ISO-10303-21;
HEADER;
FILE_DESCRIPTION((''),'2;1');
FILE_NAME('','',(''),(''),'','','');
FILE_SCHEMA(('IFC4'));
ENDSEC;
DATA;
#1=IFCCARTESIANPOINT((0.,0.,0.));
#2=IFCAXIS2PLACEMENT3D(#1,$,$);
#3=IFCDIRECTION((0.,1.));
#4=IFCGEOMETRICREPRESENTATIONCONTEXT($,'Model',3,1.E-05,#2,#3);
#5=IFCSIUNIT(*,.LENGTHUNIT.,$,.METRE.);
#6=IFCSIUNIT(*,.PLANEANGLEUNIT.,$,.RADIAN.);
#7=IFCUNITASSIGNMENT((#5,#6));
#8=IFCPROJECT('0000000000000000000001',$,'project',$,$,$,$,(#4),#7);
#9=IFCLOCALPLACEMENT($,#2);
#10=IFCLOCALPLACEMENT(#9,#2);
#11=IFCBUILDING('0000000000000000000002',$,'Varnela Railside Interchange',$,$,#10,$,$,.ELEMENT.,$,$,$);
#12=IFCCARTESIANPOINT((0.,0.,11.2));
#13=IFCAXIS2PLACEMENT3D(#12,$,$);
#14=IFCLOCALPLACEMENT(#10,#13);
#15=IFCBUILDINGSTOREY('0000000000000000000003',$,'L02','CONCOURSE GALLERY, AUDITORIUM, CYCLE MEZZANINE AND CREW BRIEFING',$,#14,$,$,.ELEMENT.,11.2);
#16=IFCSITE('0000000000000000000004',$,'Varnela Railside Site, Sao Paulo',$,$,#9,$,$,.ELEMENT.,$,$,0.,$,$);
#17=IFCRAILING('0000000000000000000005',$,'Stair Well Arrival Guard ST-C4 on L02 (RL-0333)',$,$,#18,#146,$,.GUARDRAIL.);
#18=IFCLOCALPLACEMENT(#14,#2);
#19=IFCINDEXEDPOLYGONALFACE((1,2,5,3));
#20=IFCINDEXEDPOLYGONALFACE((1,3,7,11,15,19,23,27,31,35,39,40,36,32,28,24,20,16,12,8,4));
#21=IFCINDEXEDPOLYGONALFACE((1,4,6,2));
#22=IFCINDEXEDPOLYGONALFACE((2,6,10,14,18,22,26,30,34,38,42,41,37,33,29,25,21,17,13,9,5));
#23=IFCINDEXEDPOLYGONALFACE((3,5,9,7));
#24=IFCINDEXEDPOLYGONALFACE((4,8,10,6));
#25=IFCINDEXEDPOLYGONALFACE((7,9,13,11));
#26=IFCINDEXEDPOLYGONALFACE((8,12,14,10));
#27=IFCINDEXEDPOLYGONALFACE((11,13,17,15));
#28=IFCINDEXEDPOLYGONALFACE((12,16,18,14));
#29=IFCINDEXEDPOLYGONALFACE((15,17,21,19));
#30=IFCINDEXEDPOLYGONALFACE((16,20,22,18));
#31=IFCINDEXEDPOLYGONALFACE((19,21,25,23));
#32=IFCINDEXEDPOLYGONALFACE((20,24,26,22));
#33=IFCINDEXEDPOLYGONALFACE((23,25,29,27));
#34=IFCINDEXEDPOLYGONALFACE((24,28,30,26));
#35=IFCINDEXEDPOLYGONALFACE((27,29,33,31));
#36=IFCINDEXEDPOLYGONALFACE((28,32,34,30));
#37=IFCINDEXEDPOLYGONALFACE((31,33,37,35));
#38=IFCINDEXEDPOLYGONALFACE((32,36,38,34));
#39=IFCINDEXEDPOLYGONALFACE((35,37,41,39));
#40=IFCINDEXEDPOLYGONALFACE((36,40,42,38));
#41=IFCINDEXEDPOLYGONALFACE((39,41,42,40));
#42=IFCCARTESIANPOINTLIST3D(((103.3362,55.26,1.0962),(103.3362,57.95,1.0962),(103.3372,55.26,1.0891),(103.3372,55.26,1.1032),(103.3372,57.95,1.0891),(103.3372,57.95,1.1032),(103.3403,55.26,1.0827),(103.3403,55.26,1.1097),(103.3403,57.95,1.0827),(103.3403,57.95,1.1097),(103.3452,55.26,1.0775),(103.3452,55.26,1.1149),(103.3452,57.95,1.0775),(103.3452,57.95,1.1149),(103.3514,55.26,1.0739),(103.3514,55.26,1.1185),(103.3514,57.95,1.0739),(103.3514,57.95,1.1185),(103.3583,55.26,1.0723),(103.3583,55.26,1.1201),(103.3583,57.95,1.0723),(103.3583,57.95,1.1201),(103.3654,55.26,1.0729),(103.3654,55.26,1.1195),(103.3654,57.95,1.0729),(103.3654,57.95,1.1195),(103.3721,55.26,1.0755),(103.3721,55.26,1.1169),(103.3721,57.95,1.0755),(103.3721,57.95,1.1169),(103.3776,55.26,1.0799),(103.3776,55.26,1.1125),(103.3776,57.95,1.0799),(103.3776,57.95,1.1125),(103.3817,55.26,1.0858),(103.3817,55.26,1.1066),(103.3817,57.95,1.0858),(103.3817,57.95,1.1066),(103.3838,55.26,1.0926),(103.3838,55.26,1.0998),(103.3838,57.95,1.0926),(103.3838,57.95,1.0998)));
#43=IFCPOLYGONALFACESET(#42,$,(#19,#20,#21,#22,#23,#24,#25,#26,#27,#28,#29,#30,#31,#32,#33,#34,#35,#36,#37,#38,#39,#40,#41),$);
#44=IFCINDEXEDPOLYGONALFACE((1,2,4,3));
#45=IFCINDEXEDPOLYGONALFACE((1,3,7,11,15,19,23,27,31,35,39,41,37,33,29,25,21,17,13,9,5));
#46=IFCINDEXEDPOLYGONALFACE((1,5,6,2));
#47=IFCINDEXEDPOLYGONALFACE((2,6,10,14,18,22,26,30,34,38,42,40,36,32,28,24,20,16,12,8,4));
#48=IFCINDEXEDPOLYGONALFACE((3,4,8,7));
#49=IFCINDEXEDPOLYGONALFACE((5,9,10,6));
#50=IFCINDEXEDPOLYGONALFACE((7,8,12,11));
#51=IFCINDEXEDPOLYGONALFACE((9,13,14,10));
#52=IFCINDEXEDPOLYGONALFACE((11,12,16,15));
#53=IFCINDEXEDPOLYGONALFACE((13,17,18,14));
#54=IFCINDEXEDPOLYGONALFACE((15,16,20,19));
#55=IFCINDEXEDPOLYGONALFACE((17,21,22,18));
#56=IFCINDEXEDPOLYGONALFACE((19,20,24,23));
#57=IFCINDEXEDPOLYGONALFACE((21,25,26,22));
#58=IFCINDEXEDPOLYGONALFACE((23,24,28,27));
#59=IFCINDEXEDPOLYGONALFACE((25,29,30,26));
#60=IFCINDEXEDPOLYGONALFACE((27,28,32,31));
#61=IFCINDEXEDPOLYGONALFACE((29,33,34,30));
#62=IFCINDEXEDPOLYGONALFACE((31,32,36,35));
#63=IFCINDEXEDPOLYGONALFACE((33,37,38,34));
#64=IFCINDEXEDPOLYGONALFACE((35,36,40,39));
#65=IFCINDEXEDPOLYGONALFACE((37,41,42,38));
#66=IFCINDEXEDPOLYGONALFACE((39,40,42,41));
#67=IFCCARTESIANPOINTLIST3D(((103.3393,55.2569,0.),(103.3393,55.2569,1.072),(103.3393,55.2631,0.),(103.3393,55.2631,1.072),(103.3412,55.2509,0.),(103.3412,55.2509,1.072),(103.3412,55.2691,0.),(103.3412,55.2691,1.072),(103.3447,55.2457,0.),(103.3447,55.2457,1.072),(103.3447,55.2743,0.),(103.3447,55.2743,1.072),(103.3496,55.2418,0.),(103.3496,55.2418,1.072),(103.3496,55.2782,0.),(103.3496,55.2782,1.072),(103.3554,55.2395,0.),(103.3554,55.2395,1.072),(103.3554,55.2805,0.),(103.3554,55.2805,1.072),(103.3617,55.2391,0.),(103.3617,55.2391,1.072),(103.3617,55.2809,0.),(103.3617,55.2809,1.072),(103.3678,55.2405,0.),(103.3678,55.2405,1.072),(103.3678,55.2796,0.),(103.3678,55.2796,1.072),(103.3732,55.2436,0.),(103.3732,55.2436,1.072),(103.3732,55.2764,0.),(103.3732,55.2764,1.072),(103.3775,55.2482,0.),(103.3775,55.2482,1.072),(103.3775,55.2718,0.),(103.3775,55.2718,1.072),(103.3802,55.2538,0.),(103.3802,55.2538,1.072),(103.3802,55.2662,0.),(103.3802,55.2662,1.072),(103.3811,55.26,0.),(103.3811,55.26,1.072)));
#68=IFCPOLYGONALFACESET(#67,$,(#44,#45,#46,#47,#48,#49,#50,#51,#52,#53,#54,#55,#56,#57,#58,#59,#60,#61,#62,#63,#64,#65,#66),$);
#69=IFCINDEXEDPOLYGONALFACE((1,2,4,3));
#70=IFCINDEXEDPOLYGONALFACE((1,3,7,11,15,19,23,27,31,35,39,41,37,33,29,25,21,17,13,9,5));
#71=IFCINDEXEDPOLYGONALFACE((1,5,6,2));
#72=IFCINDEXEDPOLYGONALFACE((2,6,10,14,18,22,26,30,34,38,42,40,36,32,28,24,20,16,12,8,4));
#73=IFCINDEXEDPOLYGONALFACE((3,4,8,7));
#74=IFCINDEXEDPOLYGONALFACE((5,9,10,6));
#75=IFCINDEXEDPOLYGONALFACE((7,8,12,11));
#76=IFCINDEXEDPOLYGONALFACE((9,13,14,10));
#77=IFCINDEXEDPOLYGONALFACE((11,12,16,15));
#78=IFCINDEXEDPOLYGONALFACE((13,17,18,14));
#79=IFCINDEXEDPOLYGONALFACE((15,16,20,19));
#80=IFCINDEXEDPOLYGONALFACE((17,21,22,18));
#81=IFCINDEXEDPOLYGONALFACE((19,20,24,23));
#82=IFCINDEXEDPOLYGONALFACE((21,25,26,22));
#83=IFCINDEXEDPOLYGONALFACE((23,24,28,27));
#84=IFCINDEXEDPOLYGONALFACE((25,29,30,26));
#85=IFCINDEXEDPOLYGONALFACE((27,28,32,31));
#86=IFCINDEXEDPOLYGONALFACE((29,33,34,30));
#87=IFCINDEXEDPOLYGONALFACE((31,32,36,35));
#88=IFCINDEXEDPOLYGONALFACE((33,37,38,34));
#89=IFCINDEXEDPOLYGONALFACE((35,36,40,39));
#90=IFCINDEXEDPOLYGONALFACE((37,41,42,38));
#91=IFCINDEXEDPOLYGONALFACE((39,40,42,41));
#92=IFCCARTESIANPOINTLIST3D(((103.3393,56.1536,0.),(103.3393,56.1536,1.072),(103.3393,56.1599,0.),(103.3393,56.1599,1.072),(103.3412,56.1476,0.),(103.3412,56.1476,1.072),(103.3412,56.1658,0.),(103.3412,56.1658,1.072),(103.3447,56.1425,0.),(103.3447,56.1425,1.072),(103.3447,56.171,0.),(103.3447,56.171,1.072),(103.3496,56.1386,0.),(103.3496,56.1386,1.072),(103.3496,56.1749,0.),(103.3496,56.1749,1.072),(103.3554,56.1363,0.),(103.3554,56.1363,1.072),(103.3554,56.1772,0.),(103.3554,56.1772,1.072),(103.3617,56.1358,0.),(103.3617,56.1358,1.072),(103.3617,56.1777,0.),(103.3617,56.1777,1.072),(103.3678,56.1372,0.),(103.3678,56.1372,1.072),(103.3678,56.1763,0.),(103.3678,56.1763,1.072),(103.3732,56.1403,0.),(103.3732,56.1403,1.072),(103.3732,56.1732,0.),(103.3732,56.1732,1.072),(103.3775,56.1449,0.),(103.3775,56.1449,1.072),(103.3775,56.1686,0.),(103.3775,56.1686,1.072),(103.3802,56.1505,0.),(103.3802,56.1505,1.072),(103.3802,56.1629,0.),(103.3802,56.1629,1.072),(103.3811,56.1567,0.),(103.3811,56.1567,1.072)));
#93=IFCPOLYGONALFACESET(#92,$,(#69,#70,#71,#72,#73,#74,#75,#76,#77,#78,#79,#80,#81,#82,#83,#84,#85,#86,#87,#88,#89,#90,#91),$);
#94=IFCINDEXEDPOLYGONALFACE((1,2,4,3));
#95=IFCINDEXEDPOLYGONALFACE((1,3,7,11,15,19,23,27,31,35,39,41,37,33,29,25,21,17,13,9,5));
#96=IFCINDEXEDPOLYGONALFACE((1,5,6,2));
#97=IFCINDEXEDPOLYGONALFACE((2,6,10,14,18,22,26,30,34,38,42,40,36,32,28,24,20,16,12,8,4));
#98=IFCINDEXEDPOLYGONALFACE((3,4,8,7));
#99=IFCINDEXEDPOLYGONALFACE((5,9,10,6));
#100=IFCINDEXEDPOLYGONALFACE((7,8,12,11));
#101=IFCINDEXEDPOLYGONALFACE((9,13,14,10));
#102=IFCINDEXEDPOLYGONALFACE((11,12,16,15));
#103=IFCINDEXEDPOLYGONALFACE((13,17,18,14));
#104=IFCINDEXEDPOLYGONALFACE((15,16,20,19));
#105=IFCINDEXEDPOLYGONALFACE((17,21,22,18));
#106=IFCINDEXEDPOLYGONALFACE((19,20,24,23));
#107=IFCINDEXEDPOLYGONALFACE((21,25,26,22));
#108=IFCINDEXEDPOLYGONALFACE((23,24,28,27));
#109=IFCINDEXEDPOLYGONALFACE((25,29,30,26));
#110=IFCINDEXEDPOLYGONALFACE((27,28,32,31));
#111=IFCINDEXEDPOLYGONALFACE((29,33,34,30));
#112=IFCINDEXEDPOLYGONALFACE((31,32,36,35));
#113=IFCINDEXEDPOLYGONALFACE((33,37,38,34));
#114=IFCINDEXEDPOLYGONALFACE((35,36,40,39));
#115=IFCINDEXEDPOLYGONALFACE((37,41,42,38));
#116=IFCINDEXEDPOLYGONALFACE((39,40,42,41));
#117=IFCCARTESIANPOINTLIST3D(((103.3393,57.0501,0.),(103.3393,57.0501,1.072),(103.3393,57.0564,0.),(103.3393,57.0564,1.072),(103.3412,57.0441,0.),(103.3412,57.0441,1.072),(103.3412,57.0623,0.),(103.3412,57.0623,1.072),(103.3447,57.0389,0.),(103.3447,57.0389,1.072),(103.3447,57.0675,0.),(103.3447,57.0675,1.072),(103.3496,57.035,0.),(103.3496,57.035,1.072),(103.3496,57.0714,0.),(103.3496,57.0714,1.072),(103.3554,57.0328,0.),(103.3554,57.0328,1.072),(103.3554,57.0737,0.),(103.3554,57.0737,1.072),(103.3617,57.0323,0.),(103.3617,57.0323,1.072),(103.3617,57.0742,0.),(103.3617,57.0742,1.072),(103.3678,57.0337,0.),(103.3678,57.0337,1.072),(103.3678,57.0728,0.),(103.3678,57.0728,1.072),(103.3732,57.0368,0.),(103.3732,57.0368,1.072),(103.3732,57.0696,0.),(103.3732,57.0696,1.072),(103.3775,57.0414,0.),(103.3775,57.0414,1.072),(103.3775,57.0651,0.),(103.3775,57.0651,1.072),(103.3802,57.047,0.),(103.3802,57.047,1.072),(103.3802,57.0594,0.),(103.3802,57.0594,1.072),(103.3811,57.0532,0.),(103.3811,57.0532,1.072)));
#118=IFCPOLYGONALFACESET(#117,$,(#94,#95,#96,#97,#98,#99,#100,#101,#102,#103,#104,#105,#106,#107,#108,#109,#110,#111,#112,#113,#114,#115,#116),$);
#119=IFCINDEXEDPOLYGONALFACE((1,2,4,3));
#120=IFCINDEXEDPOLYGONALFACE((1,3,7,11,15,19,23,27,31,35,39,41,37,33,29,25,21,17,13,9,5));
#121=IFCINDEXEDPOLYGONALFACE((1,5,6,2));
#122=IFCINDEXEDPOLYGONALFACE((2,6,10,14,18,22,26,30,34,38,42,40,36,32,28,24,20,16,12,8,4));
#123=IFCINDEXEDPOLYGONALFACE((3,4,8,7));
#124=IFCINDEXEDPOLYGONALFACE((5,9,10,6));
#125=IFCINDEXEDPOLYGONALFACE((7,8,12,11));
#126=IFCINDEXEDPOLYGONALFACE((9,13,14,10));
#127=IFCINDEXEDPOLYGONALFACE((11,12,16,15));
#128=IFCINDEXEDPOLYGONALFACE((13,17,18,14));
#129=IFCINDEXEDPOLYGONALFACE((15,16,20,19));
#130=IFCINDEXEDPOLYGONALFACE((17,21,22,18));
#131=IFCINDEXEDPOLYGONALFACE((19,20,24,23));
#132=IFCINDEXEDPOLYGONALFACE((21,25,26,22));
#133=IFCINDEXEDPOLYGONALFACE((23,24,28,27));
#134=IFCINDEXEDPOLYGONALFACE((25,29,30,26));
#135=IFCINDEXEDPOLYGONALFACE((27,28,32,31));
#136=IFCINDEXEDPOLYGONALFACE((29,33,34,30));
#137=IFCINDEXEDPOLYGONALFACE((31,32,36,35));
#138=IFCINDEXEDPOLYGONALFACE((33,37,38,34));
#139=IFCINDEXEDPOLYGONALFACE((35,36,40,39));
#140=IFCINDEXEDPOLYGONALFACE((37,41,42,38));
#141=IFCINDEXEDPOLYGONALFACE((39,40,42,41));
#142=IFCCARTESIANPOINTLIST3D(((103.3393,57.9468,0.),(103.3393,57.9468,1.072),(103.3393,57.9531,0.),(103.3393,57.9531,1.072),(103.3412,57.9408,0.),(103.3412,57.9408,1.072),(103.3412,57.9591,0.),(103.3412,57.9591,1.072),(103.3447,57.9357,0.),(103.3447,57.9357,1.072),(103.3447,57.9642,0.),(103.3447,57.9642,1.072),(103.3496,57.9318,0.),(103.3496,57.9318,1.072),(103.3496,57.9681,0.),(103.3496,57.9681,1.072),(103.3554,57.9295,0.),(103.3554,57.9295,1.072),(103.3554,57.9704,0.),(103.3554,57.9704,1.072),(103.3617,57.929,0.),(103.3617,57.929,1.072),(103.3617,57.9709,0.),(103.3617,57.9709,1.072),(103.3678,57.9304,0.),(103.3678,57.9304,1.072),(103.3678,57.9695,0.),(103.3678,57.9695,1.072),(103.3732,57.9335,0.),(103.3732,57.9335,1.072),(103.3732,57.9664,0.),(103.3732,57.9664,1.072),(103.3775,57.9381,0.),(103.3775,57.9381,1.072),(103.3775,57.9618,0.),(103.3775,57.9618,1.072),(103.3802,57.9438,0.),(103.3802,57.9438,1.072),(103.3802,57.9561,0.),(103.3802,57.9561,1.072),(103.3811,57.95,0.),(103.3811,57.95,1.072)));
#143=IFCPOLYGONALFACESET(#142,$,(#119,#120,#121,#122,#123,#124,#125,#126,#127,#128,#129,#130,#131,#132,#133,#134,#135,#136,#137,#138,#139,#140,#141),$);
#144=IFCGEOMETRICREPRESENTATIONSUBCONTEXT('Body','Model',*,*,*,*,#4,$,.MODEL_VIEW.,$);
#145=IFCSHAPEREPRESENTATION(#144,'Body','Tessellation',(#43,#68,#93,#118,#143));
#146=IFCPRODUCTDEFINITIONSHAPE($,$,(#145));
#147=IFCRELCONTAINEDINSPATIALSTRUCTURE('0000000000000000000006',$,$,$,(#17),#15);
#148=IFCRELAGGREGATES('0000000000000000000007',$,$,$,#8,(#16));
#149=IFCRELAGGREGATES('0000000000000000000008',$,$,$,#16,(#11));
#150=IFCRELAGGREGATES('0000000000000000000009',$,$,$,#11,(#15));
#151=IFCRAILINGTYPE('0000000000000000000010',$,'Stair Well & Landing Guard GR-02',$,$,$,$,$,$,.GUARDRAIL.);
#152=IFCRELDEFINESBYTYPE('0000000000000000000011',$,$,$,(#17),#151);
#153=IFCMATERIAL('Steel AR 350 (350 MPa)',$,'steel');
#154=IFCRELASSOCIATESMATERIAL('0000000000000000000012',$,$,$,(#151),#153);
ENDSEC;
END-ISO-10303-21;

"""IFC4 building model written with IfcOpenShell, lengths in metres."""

from ifc_helpers import new_model, si_unit, direction, frame, origin, origin_2d, place, context, subcontext, project, spatial, circle, extrude, material, type_object, element, save


model = new_model("IFC4")

# Units and contexts
model_context = context("Model", 3, precision=1e-05, world=origin(), true_north=direction((0.0, 1.0)))
body_context = subcontext(model_context, "Body", "Model", "MODEL_VIEW")
ifc_project = project(units=[si_unit("LENGTHUNIT", "METRE"), si_unit("PLANEANGLEUNIT", "RADIAN")], contexts=[model_context])

# Site, building, storey
site_placement = place(None, origin())
site = spatial("IfcSite", under=ifc_project, at=site_placement, Name="Varnela Railside Site, Sao Paulo", CompositionType="ELEMENT", RefElevation=0.0)
building_placement = place(site_placement, origin())
building = spatial("IfcBuilding", under=site, at=building_placement, Name="Varnela Railside Interchange", CompositionType="ELEMENT")
storey_placement = place(building_placement, frame((0.0, 0.0, 11.2)))
storey = spatial("IfcBuildingStorey", under=building, at=storey_placement, Name="L02", Description="CONCOURSE GALLERY, AUDITORIUM, CYCLE MEZZANINE AND CREW BRIEFING", CompositionType="ELEMENT", Elevation=11.2)

# Shared definitions
ifc_material_1 = material(Name="Steel AR 350 (350 MPa)", Category="steel")

# Railing
railing_type_1 = type_object("IfcRailingType", Name="Stair Well & Landing Guard GR-02", PredefinedType="GUARDRAIL", material=ifc_material_1)
for number, where, name in (
    (1, (103.3601, 55.26, 0.0), "Stair Well Arrival Guard ST-C4 on L02 (RL-0333)"),
):
    element("IfcRailing", number, at=place(storey_placement, frame(where)), inside=storey, type_object=railing_type_1, Name=name, PredefinedType="GUARDRAIL", context=body_context, shape_type="SweptSolid", body=[
        extrude(circle(Radius=0.0239, at=origin_2d()), frame((0.0, 0.0, 1.0962), z_axis=(0.0, 1.0, 0.0), x_axis=(-1.0, 0.0, 0.0)), (0.0, 0.0, 1.0), 2.6899),
        extrude(circle(Radius=0.021, at=origin_2d()), origin(), (0.0, 0.0, 1.0), 1.072),
        extrude(circle(Radius=0.021, at=origin_2d()), frame((0.0, 0.8967, 0.0)), (0.0, 0.0, 1.0), 1.072),
        extrude(circle(Radius=0.021, at=origin_2d()), frame((0.0, 1.7932, 0.0)), (0.0, 0.0, 1.0), 1.072),
        extrude(circle(Radius=0.021, at=origin_2d()), frame((0.0, 2.6899, 0.0)), (0.0, 0.0, 1.0), 1.072),
    ])

save(model, "model.ifc")
